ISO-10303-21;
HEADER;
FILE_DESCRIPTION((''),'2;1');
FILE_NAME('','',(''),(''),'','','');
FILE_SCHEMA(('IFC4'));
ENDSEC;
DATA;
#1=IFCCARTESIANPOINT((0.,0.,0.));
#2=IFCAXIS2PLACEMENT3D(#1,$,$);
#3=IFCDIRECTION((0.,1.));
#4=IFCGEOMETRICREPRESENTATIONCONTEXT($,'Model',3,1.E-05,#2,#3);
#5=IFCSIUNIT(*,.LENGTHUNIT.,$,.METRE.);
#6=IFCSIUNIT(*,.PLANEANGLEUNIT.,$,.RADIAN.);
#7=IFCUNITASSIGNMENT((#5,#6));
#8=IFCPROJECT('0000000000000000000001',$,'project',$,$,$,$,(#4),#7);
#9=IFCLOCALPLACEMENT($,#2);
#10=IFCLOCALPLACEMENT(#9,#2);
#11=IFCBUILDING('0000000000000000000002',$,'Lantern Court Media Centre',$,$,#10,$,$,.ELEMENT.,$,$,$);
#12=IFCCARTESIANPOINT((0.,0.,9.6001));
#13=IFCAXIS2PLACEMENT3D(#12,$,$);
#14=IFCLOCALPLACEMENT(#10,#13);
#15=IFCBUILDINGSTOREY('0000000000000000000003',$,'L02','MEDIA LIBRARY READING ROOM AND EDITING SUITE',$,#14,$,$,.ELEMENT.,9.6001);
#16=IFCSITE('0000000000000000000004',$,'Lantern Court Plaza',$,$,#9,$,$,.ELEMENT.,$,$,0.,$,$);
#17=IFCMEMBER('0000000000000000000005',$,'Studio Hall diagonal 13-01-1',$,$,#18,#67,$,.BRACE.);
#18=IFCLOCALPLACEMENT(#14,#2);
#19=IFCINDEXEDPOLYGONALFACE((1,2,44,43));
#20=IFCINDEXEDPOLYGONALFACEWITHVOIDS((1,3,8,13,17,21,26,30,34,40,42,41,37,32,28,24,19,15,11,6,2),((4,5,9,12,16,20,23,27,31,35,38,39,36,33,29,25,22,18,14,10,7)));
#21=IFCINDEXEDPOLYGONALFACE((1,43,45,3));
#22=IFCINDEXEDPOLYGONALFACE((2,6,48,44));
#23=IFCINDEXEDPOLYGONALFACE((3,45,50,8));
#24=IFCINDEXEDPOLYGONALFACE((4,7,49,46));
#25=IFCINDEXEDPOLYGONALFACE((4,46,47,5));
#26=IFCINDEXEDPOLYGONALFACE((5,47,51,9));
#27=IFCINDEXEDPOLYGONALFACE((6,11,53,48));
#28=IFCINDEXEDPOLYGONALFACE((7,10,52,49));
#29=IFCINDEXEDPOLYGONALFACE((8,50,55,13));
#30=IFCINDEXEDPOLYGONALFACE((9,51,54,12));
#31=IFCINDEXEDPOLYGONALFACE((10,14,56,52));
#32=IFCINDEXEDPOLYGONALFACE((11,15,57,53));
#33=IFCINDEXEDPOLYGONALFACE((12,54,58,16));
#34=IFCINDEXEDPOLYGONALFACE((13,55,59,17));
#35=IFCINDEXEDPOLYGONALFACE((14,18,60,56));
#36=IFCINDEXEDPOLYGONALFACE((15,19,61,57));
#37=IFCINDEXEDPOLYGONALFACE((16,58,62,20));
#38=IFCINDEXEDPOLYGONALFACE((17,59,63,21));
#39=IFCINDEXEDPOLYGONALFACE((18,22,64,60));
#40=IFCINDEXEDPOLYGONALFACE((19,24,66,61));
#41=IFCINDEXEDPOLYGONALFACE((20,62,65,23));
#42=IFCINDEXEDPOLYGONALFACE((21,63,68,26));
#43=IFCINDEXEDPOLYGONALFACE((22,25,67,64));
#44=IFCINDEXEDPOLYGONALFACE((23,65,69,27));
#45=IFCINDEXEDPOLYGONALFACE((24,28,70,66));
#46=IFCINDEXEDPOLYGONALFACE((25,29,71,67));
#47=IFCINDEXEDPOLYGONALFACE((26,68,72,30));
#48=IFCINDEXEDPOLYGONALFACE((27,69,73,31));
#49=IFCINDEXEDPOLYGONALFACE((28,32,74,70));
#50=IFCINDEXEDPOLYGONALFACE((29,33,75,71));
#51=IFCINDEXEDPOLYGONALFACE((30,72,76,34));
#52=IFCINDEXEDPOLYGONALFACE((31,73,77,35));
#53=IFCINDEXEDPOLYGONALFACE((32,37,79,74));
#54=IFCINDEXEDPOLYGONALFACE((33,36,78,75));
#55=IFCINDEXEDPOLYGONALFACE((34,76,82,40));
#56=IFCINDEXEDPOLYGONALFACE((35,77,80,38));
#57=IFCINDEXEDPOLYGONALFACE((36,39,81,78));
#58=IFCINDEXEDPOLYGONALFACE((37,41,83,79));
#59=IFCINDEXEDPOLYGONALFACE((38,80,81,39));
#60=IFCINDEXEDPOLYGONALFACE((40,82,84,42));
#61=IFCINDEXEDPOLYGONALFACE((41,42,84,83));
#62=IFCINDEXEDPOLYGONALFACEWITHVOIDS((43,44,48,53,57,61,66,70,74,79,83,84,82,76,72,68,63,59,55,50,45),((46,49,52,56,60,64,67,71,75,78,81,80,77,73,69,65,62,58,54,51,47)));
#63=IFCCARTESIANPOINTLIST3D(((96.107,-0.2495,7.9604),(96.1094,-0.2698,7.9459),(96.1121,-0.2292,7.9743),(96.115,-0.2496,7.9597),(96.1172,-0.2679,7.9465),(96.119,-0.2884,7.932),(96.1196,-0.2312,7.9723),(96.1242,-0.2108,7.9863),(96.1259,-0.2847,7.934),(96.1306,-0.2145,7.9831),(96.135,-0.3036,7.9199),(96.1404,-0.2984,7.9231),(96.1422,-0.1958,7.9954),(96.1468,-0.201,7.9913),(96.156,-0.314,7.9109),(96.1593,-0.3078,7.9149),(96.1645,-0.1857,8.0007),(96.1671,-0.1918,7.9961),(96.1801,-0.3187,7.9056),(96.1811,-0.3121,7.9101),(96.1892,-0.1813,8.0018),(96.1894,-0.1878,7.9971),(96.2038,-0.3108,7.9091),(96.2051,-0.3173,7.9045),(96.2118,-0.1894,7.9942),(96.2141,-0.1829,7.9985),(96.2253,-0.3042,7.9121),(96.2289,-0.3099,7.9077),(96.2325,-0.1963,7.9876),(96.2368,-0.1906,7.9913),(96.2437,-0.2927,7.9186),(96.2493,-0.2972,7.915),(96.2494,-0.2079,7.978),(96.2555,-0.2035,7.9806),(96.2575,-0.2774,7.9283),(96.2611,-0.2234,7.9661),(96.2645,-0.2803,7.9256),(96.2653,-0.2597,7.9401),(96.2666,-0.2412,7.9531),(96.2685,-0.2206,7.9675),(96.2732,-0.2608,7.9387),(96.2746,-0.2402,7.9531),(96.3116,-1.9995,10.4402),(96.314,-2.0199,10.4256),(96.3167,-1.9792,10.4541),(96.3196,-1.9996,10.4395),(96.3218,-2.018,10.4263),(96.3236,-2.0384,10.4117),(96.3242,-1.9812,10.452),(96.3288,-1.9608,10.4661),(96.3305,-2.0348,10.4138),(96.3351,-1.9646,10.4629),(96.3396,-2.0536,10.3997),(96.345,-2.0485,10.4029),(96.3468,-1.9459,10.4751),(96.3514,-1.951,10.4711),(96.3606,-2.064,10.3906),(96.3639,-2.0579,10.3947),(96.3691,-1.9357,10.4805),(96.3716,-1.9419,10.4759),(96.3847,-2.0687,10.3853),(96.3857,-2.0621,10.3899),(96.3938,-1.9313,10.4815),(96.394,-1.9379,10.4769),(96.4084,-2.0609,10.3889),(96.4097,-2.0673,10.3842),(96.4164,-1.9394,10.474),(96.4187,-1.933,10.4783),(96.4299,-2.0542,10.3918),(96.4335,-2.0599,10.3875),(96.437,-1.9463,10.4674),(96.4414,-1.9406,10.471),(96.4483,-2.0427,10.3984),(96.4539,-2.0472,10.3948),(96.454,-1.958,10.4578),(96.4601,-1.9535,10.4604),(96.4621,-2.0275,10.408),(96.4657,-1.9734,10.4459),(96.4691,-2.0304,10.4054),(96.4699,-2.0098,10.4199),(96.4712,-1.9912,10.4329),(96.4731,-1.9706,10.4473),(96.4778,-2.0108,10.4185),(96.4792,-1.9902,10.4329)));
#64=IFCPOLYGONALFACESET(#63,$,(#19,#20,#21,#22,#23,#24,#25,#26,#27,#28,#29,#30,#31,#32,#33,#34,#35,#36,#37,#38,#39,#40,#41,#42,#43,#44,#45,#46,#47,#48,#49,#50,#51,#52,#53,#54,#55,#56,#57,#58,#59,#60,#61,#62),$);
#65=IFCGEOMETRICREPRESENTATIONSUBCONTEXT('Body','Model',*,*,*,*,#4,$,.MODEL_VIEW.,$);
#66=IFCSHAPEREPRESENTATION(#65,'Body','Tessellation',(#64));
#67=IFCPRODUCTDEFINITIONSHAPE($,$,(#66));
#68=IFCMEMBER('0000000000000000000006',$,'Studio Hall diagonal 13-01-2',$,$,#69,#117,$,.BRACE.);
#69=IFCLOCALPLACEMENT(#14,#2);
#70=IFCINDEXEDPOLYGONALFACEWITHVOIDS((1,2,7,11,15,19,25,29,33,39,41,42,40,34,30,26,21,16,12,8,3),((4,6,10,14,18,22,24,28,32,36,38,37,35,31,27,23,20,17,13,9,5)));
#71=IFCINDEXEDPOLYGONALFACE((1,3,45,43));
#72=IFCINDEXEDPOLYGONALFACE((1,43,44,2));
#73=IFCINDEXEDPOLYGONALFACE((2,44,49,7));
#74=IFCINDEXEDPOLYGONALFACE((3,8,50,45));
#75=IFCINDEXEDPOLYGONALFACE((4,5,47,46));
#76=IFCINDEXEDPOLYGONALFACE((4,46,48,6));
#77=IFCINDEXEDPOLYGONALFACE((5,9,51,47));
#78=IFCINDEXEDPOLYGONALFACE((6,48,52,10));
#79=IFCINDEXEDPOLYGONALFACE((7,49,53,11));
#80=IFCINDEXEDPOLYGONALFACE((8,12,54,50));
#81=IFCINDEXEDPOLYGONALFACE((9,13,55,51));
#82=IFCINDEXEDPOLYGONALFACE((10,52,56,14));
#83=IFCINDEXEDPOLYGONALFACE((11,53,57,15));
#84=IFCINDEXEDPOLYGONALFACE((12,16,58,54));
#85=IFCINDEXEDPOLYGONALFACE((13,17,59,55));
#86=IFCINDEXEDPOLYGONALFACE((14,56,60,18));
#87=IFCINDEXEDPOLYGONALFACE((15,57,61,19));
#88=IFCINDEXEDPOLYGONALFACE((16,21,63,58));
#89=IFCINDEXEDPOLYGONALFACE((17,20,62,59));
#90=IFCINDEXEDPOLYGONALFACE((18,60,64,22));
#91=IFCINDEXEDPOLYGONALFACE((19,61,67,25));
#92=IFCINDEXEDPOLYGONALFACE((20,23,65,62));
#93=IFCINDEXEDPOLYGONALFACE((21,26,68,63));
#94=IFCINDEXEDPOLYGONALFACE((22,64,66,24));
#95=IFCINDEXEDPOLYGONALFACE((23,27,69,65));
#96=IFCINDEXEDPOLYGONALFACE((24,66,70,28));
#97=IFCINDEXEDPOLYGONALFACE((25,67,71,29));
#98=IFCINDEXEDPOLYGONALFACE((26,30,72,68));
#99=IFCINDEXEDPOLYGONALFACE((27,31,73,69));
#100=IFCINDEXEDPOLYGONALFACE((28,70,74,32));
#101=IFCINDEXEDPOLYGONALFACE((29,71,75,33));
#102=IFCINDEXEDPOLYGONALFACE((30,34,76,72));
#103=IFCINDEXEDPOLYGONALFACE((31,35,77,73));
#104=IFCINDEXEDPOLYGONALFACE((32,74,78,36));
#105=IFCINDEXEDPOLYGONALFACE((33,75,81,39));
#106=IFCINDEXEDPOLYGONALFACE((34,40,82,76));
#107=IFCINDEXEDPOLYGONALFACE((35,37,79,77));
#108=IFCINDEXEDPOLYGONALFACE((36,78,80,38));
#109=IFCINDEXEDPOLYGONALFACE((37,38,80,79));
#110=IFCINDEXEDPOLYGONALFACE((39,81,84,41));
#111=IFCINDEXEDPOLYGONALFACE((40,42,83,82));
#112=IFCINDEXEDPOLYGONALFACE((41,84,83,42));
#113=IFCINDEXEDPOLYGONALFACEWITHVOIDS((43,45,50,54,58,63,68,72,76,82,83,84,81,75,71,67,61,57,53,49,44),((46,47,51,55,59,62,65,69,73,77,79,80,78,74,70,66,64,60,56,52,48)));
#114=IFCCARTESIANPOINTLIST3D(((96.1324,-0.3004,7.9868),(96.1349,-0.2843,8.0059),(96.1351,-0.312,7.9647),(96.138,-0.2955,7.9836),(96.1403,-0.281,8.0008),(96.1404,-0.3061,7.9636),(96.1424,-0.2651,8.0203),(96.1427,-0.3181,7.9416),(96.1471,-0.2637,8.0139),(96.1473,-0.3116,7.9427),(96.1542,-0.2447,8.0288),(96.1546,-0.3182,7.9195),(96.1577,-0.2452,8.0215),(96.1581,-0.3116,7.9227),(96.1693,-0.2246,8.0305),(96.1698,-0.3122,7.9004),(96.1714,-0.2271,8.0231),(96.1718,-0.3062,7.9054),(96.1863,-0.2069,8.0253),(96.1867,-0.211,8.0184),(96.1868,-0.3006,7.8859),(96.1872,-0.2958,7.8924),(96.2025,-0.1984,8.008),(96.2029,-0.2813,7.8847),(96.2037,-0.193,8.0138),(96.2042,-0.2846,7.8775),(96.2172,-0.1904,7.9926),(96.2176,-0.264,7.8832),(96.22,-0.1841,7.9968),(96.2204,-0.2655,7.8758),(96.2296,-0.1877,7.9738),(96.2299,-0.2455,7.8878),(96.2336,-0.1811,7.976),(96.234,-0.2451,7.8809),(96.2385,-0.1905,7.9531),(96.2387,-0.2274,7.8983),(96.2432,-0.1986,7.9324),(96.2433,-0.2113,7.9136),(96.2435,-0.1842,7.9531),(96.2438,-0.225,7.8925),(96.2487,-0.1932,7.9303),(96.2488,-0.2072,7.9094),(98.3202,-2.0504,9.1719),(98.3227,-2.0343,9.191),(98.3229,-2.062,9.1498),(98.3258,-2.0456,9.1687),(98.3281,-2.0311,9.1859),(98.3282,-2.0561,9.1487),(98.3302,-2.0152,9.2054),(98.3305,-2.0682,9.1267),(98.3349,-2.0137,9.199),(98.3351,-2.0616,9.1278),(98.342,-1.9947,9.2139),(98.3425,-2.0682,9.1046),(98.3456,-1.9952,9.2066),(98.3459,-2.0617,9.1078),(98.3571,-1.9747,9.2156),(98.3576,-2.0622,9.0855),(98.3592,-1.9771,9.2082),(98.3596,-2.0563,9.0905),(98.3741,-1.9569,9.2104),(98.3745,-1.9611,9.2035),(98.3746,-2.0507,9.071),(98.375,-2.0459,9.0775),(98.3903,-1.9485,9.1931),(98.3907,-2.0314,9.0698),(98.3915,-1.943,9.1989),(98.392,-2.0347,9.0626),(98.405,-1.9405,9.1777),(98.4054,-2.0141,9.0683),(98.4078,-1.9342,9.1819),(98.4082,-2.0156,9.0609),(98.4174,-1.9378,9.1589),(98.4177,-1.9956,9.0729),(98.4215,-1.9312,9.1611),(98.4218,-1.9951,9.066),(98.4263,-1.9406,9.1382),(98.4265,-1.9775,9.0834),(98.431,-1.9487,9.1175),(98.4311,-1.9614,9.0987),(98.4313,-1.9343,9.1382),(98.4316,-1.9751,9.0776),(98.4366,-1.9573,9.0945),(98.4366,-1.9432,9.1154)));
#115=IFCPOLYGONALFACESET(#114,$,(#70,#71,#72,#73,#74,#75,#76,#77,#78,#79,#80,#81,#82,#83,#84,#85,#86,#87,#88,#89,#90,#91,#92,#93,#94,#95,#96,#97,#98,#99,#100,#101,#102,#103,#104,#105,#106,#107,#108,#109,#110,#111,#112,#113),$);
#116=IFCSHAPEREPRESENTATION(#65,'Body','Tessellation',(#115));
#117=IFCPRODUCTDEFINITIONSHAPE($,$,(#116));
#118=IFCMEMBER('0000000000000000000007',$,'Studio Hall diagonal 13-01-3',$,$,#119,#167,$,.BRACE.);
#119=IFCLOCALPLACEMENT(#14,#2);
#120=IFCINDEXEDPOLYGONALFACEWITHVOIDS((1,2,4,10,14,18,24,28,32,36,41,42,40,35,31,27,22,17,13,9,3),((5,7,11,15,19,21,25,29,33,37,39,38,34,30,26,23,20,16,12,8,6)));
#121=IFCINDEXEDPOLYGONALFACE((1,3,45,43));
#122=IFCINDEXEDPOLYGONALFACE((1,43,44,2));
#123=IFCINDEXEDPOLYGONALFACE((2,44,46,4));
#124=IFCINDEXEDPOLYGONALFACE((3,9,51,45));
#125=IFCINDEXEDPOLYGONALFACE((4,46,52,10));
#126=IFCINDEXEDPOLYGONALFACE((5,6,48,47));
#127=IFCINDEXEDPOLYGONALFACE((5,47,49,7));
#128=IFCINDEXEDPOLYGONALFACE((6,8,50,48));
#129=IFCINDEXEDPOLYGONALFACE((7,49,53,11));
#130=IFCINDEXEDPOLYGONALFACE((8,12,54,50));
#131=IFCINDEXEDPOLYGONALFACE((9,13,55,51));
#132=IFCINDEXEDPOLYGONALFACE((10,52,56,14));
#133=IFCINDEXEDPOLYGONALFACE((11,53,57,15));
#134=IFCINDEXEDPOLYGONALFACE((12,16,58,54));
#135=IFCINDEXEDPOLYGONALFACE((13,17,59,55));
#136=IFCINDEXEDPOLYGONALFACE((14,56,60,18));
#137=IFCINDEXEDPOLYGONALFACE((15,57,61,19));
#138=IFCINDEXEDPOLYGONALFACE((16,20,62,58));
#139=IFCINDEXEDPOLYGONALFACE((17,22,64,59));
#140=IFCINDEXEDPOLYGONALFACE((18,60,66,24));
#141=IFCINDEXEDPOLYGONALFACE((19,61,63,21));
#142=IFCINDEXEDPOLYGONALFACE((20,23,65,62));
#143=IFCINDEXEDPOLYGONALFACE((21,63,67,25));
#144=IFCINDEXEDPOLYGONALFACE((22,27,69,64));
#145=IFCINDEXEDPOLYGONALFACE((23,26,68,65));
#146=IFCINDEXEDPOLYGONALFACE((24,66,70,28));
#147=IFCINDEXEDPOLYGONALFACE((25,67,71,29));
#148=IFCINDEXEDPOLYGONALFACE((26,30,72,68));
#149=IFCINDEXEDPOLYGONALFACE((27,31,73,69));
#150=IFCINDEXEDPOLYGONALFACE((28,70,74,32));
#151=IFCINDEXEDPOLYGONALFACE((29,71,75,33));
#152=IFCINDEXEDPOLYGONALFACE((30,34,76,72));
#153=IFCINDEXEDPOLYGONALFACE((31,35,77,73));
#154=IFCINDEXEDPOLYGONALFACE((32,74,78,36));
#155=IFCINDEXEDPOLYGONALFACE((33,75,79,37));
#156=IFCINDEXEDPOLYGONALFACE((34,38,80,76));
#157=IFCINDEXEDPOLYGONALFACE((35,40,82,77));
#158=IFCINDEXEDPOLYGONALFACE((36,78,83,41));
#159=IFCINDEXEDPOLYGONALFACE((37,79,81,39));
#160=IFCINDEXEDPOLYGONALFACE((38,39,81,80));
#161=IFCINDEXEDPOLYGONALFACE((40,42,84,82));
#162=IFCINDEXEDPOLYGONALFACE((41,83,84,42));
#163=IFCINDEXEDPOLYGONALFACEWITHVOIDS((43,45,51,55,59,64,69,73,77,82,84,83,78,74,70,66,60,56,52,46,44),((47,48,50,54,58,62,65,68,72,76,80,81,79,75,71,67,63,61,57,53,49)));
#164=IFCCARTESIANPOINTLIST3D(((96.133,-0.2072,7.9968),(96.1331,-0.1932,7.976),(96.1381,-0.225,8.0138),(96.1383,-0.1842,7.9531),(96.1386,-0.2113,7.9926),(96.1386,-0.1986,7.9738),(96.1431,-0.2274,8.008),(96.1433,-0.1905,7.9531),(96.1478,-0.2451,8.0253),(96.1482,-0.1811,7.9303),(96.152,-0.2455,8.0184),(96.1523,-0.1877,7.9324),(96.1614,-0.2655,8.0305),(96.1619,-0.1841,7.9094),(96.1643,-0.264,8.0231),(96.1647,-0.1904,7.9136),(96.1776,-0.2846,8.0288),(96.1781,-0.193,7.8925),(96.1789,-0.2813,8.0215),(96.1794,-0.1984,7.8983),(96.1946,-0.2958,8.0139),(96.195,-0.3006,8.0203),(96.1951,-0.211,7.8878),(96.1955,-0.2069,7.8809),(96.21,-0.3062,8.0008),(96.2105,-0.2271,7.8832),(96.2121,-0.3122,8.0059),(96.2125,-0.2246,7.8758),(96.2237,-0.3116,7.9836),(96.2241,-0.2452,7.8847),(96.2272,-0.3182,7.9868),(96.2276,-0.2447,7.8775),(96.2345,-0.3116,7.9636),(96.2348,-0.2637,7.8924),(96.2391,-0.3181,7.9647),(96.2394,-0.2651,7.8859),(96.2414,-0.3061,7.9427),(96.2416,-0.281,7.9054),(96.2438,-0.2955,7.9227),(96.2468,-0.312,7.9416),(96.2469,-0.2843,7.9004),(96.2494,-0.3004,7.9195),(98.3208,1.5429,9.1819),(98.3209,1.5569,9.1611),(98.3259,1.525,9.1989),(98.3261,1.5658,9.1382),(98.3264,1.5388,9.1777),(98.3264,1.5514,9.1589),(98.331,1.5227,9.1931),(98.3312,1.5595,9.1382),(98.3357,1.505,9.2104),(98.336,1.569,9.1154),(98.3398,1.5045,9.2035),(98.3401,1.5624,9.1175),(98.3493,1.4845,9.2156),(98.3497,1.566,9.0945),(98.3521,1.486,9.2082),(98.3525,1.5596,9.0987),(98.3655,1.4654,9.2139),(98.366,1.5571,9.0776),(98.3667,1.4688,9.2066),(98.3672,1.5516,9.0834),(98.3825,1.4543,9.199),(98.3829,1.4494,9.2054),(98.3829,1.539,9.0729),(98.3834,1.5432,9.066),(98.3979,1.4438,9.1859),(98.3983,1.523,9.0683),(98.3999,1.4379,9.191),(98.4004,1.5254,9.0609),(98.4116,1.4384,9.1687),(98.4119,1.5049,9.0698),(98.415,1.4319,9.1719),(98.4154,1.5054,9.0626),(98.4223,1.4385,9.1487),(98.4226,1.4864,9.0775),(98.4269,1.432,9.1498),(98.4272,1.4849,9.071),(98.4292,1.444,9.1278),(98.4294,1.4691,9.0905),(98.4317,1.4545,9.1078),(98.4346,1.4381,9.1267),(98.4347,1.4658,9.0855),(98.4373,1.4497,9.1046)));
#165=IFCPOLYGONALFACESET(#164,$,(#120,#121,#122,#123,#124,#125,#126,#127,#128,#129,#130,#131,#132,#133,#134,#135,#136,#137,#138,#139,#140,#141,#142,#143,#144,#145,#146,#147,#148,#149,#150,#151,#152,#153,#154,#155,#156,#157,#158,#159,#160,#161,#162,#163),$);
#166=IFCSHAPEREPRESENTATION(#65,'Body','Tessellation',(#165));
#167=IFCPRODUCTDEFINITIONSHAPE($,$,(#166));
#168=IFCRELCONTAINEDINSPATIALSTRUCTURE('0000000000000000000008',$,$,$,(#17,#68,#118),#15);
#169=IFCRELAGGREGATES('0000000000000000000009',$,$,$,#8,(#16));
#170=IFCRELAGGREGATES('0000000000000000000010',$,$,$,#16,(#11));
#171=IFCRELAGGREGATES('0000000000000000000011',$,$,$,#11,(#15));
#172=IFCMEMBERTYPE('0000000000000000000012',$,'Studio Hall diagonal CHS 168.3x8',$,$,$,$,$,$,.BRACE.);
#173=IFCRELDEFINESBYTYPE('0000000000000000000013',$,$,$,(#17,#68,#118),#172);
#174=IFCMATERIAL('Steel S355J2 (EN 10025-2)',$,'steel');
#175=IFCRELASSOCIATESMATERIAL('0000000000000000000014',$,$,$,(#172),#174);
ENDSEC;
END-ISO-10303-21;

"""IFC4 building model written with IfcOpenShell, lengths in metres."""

from ifc_helpers import new_model, si_unit, direction, frame, origin, origin_2d, place, context, subcontext, project, spatial, hollow_circle, extrude, material, material_profile, profile_set, type_object, element, save


model = new_model("IFC4")

# Units and contexts
model_context = context("Model", 3, precision=1e-05, world=origin(), true_north=direction((0.0, 1.0)))
body_context = subcontext(model_context, "Body", "Model", "MODEL_VIEW")
ifc_project = project(units=[si_unit("LENGTHUNIT", "METRE"), si_unit("PLANEANGLEUNIT", "RADIAN")], contexts=[model_context])

# Site, building, storey
site_placement = place(None, origin())
site = spatial("IfcSite", under=ifc_project, at=site_placement, Name="Lantern Court Plaza", CompositionType="ELEMENT", RefElevation=0.0)
building_placement = place(site_placement, origin())
building = spatial("IfcBuilding", under=site, at=building_placement, Name="Lantern Court Media Centre", CompositionType="ELEMENT")
storey_placement = place(building_placement, frame((0.0, 0.0, 9.6001)))
storey = spatial("IfcBuildingStorey", under=building, at=storey_placement, Name="L02", Description="MEDIA LIBRARY READING ROOM AND EDITING SUITE", CompositionType="ELEMENT", Elevation=9.6001)

# Members
ifc_material = material(Name="Steel S355J2 (EN 10025-2)", Category="steel")
ifc_material_profile_1 = material_profile(ifc_material, hollow_circle(Radius=0.0842, WallThickness=0.0081, at=origin_2d()), Name="Studio Hall diagonal CHS 168.3x8")
ifc_profile_set_1 = profile_set([ifc_material_profile_1], Name="Steel S355J2 (EN 10025-2)")
member_type_1 = type_object("IfcMemberType", Name="Studio Hall diagonal CHS 168.3x8", PredefinedType="BRACE", material=ifc_profile_set_1)
for number, where, z_axis, x_axis, name in (
    (1, (96.1909, -0.25, 7.9531), (0.067256, -0.575289, 0.81518), (0.993235, 0.116118, 0.0), "Studio Hall diagonal 13-01-1"),
    (2, (96.1909, -0.25, 7.9531), (0.719206, -0.5753, 0.38958), (0.624653, 0.780903, 0.0), "Studio Hall diagonal 13-01-2"),
    (3, (96.1909, -0.25, 7.9531), (0.719206, 0.5753, 0.38958), (-0.624653, 0.780903, 0.0), "Studio Hall diagonal 13-01-3"),
):
    element("IfcMember", number, at=place(storey_placement, frame(where, z_axis=z_axis, x_axis=x_axis)), inside=storey, type_object=member_type_1, Name=name, PredefinedType="BRACE", context=body_context, shape_type="SweptSolid", body=[
        extrude(hollow_circle(Radius=0.0842, WallThickness=0.0081, at=origin_2d()), origin(), (0.0, 0.0, 1.0), 3.042),
    ])

save(model, "model.ifc")
